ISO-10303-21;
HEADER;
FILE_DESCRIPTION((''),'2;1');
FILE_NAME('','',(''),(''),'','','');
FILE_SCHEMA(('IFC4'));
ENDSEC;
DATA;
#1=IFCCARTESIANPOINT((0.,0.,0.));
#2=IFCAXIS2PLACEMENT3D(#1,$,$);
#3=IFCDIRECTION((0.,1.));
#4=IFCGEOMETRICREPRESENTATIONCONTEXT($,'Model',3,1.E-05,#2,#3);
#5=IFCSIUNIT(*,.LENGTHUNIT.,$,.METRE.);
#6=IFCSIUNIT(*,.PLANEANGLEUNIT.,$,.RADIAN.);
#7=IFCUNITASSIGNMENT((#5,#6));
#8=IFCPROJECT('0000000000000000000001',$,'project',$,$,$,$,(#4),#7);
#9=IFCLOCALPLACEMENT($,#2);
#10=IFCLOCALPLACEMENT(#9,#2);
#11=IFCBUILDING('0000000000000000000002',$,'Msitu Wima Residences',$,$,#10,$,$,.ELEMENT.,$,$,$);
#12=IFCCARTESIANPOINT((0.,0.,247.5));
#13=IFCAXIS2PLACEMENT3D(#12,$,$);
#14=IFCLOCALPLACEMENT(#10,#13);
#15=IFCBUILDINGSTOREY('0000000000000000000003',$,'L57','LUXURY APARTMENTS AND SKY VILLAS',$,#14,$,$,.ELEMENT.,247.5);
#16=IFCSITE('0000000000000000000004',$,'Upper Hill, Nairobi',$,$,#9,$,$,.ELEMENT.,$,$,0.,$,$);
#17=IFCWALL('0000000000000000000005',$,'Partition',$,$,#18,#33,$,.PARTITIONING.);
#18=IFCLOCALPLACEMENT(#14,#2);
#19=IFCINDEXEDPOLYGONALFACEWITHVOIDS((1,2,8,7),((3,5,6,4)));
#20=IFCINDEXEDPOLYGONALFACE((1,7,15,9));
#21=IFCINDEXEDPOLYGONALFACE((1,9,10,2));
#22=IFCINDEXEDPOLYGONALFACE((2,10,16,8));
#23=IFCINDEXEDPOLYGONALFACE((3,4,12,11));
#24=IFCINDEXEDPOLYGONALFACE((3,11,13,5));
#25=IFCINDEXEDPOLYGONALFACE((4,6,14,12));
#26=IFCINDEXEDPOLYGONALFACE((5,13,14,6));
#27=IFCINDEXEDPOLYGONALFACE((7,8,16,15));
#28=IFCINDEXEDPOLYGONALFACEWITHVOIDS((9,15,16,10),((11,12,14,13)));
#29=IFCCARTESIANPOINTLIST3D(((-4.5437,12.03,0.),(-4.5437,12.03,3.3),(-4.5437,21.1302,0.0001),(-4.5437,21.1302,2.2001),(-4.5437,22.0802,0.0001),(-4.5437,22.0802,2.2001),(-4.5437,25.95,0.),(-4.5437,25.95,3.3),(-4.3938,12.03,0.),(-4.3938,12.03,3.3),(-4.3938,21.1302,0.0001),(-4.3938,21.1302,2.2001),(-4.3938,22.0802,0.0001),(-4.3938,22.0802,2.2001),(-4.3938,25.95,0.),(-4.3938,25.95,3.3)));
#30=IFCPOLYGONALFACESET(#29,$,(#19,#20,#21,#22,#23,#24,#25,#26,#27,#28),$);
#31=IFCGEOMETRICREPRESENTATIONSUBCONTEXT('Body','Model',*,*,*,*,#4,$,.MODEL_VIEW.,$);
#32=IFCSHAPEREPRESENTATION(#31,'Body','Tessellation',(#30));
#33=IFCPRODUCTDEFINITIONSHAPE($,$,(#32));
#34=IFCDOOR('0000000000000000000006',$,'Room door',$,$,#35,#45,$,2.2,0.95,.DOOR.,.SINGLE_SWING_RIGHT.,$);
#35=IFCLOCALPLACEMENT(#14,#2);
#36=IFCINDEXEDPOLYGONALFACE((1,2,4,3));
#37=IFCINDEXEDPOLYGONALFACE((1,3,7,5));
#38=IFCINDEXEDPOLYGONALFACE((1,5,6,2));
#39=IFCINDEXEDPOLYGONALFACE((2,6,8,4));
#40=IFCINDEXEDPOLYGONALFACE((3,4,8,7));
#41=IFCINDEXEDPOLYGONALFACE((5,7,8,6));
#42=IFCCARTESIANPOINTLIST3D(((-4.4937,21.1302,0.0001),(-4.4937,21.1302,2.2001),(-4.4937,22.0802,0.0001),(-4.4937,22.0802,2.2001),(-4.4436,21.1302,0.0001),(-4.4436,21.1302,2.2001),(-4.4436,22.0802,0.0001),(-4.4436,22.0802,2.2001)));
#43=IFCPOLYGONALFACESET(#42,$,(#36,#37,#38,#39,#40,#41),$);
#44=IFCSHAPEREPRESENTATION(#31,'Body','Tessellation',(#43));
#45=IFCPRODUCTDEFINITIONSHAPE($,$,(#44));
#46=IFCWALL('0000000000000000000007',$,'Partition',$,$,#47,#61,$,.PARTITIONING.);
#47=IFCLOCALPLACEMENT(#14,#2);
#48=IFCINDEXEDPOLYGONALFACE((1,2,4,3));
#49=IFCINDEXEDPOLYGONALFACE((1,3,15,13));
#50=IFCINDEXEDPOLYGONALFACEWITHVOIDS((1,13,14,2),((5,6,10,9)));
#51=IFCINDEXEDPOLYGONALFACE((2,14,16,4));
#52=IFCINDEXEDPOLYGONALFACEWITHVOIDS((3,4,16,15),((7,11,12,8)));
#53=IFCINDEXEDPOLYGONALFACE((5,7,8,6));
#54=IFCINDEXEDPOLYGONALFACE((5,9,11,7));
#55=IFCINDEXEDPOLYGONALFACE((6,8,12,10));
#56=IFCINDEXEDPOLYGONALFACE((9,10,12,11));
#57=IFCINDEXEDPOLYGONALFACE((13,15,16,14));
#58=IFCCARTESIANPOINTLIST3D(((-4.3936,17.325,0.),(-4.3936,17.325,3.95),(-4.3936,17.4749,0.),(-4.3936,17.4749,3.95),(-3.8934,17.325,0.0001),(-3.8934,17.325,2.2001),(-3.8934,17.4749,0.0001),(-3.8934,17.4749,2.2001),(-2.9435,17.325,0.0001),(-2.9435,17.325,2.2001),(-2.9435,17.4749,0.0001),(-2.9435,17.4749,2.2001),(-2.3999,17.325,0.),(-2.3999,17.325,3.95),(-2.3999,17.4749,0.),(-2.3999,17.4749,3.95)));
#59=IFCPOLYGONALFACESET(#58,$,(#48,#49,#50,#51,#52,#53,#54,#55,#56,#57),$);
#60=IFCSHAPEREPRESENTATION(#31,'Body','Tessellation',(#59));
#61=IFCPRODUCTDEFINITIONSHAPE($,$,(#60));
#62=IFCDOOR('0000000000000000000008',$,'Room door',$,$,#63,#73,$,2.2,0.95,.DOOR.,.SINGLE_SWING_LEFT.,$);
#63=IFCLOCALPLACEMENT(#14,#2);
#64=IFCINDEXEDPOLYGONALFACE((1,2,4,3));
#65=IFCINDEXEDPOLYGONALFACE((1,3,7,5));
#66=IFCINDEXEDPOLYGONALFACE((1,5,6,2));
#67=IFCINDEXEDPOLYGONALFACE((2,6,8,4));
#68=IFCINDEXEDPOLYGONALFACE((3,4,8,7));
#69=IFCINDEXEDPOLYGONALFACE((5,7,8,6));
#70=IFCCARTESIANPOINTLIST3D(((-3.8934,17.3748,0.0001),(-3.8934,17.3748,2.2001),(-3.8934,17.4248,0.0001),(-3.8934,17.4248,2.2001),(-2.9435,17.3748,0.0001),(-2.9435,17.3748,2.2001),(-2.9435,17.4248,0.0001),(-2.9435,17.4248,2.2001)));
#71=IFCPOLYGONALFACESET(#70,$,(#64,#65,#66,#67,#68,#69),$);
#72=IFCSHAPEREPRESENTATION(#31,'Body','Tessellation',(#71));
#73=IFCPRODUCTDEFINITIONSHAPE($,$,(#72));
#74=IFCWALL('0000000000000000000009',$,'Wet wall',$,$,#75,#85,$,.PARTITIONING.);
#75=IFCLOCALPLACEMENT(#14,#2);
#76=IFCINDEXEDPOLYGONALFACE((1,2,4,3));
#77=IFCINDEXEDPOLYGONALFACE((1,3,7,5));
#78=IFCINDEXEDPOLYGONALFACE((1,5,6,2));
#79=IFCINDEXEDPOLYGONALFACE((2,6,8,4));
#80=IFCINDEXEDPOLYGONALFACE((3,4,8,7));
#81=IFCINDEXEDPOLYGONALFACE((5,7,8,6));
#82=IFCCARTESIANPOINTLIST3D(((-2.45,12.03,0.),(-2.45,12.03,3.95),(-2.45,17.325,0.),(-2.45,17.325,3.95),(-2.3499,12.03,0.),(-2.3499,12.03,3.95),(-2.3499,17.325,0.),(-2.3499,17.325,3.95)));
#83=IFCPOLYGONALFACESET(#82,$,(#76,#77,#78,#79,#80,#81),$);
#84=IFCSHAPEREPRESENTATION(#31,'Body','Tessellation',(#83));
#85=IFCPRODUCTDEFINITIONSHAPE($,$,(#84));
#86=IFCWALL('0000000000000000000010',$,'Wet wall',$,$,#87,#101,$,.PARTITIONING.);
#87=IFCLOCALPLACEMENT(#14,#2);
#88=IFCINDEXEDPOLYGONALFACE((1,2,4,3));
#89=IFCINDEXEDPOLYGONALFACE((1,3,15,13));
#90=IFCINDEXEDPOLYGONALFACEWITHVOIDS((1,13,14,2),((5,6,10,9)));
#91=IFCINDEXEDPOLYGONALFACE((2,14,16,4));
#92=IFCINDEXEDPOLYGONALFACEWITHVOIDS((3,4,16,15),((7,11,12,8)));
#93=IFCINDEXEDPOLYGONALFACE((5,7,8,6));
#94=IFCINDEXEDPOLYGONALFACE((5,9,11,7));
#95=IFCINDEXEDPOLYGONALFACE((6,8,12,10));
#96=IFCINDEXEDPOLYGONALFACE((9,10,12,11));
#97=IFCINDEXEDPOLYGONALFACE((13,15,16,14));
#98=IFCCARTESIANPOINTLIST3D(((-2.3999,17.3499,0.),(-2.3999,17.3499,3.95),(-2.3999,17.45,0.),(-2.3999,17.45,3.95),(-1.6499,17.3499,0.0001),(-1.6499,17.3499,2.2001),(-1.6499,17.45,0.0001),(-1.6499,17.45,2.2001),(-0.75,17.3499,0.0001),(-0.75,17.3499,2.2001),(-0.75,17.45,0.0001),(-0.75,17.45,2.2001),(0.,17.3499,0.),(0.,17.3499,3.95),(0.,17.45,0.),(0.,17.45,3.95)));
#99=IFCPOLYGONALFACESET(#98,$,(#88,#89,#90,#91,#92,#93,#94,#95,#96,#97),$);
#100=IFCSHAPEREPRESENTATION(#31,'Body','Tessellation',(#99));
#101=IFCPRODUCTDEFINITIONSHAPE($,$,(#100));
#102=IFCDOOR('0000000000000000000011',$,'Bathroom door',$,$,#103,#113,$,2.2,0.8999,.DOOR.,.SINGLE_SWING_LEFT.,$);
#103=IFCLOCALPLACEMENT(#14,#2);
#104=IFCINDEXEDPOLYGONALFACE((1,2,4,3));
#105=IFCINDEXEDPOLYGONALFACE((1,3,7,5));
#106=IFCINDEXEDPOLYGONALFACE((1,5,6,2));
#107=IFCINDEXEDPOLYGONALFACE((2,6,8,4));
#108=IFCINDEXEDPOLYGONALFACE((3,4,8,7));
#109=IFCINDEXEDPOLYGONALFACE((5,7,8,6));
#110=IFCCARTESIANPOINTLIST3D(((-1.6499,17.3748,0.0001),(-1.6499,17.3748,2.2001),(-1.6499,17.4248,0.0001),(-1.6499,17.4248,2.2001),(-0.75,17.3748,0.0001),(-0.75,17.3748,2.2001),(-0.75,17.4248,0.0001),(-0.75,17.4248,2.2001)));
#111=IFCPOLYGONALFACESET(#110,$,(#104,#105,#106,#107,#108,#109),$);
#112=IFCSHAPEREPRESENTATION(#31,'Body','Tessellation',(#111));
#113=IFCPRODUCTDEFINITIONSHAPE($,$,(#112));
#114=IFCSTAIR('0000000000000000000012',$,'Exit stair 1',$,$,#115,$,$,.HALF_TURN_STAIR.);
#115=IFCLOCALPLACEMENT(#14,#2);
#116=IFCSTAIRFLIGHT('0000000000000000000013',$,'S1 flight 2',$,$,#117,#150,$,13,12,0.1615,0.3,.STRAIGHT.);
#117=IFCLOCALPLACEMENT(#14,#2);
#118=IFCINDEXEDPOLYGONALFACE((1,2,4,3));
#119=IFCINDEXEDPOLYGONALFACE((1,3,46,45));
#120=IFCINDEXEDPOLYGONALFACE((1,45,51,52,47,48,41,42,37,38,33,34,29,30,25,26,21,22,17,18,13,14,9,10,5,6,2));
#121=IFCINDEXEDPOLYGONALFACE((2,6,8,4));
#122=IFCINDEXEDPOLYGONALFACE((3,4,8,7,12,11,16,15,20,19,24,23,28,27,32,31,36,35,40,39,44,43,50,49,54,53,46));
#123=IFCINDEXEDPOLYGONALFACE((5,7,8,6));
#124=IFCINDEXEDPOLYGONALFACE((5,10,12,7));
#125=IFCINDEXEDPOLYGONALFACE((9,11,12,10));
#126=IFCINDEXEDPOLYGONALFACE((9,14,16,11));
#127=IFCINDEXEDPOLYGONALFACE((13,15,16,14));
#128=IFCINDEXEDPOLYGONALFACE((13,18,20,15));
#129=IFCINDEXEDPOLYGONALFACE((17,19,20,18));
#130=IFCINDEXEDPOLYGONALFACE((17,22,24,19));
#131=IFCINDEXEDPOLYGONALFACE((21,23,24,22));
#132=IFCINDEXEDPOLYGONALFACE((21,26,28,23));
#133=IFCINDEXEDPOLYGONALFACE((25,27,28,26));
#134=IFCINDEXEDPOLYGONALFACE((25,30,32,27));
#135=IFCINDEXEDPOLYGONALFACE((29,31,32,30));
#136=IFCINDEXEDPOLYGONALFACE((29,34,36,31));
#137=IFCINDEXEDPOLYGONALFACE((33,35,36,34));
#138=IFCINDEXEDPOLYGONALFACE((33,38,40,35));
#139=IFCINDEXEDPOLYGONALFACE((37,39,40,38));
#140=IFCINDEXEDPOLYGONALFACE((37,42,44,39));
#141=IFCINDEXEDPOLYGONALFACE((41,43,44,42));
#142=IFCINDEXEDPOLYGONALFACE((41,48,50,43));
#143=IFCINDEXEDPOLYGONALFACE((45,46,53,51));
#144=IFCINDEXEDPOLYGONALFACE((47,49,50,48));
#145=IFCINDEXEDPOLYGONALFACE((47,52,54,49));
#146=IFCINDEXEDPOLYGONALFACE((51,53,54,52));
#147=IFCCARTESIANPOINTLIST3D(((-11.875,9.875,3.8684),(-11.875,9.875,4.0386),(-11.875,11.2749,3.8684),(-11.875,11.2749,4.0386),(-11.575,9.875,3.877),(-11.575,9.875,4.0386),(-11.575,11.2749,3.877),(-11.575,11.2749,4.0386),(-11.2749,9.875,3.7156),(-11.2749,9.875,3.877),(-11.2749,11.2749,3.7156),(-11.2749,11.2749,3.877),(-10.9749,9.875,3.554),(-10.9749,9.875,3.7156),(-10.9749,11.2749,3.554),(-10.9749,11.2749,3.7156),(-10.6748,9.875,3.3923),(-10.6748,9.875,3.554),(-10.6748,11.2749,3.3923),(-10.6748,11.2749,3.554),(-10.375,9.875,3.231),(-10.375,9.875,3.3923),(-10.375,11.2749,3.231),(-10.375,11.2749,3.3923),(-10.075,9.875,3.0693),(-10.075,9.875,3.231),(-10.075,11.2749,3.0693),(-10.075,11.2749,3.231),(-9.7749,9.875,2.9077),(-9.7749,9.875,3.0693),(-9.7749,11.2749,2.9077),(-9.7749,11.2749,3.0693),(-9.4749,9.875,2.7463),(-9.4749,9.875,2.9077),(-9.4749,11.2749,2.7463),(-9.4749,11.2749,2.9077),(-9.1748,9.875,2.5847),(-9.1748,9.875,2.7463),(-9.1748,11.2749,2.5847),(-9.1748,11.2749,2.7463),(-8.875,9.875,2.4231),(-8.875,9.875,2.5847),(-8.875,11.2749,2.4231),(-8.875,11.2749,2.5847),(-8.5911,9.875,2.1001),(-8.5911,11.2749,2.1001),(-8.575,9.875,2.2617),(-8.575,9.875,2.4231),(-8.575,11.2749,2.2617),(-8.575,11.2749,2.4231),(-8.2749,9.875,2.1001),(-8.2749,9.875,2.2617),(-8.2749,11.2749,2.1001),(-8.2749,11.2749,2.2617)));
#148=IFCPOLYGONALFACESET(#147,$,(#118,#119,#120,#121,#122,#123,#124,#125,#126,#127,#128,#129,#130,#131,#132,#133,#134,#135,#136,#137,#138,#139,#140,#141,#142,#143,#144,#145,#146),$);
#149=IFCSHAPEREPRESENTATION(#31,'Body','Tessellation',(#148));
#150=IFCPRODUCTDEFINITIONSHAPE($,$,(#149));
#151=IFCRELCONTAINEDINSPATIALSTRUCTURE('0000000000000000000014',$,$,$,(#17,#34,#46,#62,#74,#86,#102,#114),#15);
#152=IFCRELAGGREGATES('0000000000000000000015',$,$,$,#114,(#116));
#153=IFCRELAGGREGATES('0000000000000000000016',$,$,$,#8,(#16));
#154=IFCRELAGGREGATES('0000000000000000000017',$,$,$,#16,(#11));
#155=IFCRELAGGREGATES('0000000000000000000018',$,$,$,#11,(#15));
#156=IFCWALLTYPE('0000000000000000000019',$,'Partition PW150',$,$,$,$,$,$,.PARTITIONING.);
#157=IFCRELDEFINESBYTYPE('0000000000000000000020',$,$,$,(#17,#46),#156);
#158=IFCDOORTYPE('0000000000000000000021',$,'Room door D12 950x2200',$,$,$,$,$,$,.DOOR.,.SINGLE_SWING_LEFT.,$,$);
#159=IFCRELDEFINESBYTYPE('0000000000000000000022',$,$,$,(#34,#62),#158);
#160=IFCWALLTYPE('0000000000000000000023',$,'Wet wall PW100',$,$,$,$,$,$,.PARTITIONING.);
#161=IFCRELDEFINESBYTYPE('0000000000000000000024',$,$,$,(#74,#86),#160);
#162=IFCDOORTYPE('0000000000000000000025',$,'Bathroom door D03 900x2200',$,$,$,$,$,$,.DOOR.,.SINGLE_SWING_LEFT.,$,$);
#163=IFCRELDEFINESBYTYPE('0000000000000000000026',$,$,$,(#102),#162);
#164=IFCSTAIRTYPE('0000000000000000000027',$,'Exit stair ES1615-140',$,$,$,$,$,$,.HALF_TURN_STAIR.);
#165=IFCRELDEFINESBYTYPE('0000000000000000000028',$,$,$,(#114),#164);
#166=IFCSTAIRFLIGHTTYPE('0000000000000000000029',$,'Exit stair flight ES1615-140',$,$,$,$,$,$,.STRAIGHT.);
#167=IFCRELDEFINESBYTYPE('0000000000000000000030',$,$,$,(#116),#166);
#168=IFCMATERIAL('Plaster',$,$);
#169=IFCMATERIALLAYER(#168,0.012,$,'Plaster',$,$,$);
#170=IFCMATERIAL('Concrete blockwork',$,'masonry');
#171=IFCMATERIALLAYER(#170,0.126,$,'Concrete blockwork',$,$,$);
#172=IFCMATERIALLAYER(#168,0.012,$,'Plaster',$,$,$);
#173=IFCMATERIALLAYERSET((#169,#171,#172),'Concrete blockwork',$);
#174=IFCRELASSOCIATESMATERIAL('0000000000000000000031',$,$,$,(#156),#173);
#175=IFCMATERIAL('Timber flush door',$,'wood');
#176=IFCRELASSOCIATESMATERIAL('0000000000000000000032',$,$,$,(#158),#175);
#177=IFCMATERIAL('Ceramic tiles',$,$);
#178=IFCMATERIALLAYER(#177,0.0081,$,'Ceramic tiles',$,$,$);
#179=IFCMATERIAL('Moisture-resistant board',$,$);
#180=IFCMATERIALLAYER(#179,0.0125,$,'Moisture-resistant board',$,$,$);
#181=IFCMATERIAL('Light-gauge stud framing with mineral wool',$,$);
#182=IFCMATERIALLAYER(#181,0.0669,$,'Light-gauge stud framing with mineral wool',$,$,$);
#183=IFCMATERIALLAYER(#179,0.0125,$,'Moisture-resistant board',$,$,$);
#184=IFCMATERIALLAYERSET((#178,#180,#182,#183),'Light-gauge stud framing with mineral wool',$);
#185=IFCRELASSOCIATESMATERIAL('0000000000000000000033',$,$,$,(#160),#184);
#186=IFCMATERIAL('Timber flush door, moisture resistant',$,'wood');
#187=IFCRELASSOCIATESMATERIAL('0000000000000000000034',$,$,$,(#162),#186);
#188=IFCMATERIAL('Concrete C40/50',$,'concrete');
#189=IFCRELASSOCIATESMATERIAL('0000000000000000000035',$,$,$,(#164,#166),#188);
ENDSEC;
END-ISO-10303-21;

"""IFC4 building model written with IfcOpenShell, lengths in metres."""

from ifc_helpers import new_model, si_unit, direction, frame, frame_2d, origin, place, context, subcontext, project, spatial, polyline, rectangle, outline, extrude, material, layer, layer_set, type_object, element, fill, aggregate, save


model = new_model("IFC4")

# Units and contexts
model_context = context("Model", 3, precision=1e-05, world=origin(), true_north=direction((0.0, 1.0)))
body_context = subcontext(model_context, "Body", "Model", "MODEL_VIEW")
ifc_project = project(units=[si_unit("LENGTHUNIT", "METRE"), si_unit("PLANEANGLEUNIT", "RADIAN")], contexts=[model_context])

# Site, building, storey
site_placement = place(None, origin())
site = spatial("IfcSite", under=ifc_project, at=site_placement, Name="Upper Hill, Nairobi", CompositionType="ELEMENT", RefElevation=0.0)
building_placement = place(site_placement, origin())
building = spatial("IfcBuilding", under=site, at=building_placement, Name="Msitu Wima Residences", CompositionType="ELEMENT")
storey_placement = place(building_placement, frame((0.0, 0.0, 247.5)))
storey = spatial("IfcBuildingStorey", under=building, at=storey_placement, Name="L57", Description="LUXURY APARTMENTS AND SKY VILLAS", CompositionType="ELEMENT", Elevation=247.5)

# Shared definitions
ifc_material_1 = material(Name="Concrete C40/50", Category="concrete")

# Walls, openings, doors
ifc_material_2 = material(Name="Plaster")
ifc_layer_1 = layer(ifc_material_2, 0.012, Name="Plaster")
ifc_material_3 = material(Name="Concrete blockwork", Category="masonry")
ifc_layer_2 = layer(ifc_material_3, 0.126, Name="Concrete blockwork")
ifc_layer_3 = layer(ifc_material_2, 0.012, Name="Plaster")
ifc_layer_set_1 = layer_set([ifc_layer_1, ifc_layer_2, ifc_layer_3], Name="Concrete blockwork")
wall_type_1 = type_object("IfcWallType", Name="Partition PW150", PredefinedType="PARTITIONING", material=ifc_layer_set_1)
ifc_material_4 = material(Name="Timber flush door", Category="wood")
door_type_1 = type_object("IfcDoorType", Name="Room door D12 950x2200", OperationType="SINGLE_SWING_LEFT", PredefinedType="DOOR", material=ifc_material_4)
wall_1_placement = place(storey_placement, frame((-4.4688, 12.03, 0.0), z_axis=(0.0, 0.0, 1.0), x_axis=(0.0, 1.0, 0.0)))
wall_1 = element("IfcWall", 1, at=wall_1_placement, inside=storey, type_object=wall_type_1, Name="Partition", PredefinedType="PARTITIONING", context=body_context, shape_type="SweptSolid", body=[
    extrude(rectangle(XDim=13.9199, YDim=0.1499, at=frame_2d((6.96, 0.0))), origin(), (0.0, 0.0, 1.0), 3.3),
])
opening_1_placement = place(wall_1_placement, frame((9.1001, 0.0, 0.0)))
opening_1 = element("IfcOpeningElement", 2, at=opening_1_placement, cuts=wall_1, PredefinedType="OPENING", context=body_context, shape_type="SweptSolid", body=[
    extrude(rectangle(XDim=0.95, YDim=2.2, at=frame_2d((0.4751, 1.1001))), frame((0.0, 0.085, 0.0), z_axis=(0.0, -1.0, 0.0), x_axis=(1.0, 0.0, 0.0)), (0.0, 0.0, 1.0), 0.1699),
])
door_1_placement = place(opening_1_placement, origin())
door_1 = element("IfcDoor", 3, at=door_1_placement, inside=storey, type_object=door_type_1, Name="Room door", OperationType="SINGLE_SWING_RIGHT", OverallHeight=2.2, OverallWidth=0.95, PredefinedType="DOOR", context=body_context, shape_type="SweptSolid", body=[
    extrude(rectangle(XDim=0.95, YDim=2.2, at=frame_2d((0.4751, 1.1001))), frame((0.0, 0.0249, 0.0), z_axis=(0.0, -1.0, 0.0), x_axis=(1.0, 0.0, 0.0)), (0.0, 0.0, 1.0), 0.05),
])
fill(opening_1, door_1)
wall_2_placement = place(storey_placement, frame((-4.3936, 17.3999, 0.0), z_axis=(0.0, 0.0, 1.0), x_axis=(1.0, 0.0, 0.0)))
wall_2 = element("IfcWall", 4, at=wall_2_placement, inside=storey, type_object=wall_type_1, Name="Partition", PredefinedType="PARTITIONING", context=body_context, shape_type="SweptSolid", body=[
    extrude(rectangle(XDim=1.9937, YDim=0.1499, at=frame_2d((0.9968, 0.0))), origin(), (0.0, 0.0, 1.0), 3.95),
])
opening_2_placement = place(wall_2_placement, frame((0.5, 0.0, 0.0)))
opening_2 = element("IfcOpeningElement", 5, at=opening_2_placement, cuts=wall_2, PredefinedType="OPENING", context=body_context, shape_type="SweptSolid", body=[
    extrude(rectangle(XDim=0.95, YDim=2.2, at=frame_2d((0.4751, 1.1001))), frame((0.0, 0.085, 0.0), z_axis=(0.0, -1.0, 0.0), x_axis=(1.0, 0.0, 0.0)), (0.0, 0.0, 1.0), 0.1699),
])
door_2_placement = place(opening_2_placement, origin())
door_2 = element("IfcDoor", 6, at=door_2_placement, inside=storey, type_object=door_type_1, Name="Room door", OperationType="SINGLE_SWING_LEFT", OverallHeight=2.2, OverallWidth=0.95, PredefinedType="DOOR", context=body_context, shape_type="SweptSolid", body=[
    extrude(rectangle(XDim=0.95, YDim=2.2, at=frame_2d((0.4751, 1.1001))), frame((0.0, 0.0249, 0.0), z_axis=(0.0, -1.0, 0.0), x_axis=(1.0, 0.0, 0.0)), (0.0, 0.0, 1.0), 0.05),
])
fill(opening_2, door_2)

# Wall
ifc_material_5 = material(Name="Ceramic tiles")
ifc_layer_4 = layer(ifc_material_5, 0.0081, Name="Ceramic tiles")
ifc_material_6 = material(Name="Moisture-resistant board")
ifc_layer_5 = layer(ifc_material_6, 0.0125, Name="Moisture-resistant board")
ifc_material_7 = material(Name="Light-gauge stud framing with mineral wool")
ifc_layer_6 = layer(ifc_material_7, 0.0669, Name="Light-gauge stud framing with mineral wool")
ifc_layer_7 = layer(ifc_material_6, 0.0125, Name="Moisture-resistant board")
ifc_layer_set_2 = layer_set([ifc_layer_4, ifc_layer_5, ifc_layer_6, ifc_layer_7], Name="Light-gauge stud framing with mineral wool")
wall_type_2 = type_object("IfcWallType", Name="Wet wall PW100", PredefinedType="PARTITIONING", material=ifc_layer_set_2)
wall_3_placement = place(storey_placement, frame((-2.3999, 12.03, 0.0), z_axis=(0.0, 0.0, 1.0), x_axis=(0.0, 1.0, 0.0)))
element("IfcWall", 7, at=wall_3_placement, inside=storey, type_object=wall_type_2, Name="Wet wall", PredefinedType="PARTITIONING", context=body_context, shape_type="SweptSolid", body=[
    extrude(rectangle(XDim=5.2949, YDim=0.1001, at=frame_2d((2.6475, 0.0))), origin(), (0.0, 0.0, 1.0), 3.95),
])

# Wall, opening, door
wall_4_placement = place(storey_placement, frame((-2.3999, 17.3999, 0.0), z_axis=(0.0, 0.0, 1.0), x_axis=(1.0, 0.0, 0.0)))
wall_4 = element("IfcWall", 8, at=wall_4_placement, inside=storey, type_object=wall_type_2, Name="Wet wall", PredefinedType="PARTITIONING", context=body_context, shape_type="SweptSolid", body=[
    extrude(rectangle(XDim=2.3999, YDim=0.1001, at=frame_2d((1.2, 0.0))), origin(), (0.0, 0.0, 1.0), 3.95),
])
opening_3_placement = place(wall_4_placement, frame((0.75, 0.0, 0.0)))
opening_3 = element("IfcOpeningElement", 9, at=opening_3_placement, cuts=wall_4, PredefinedType="OPENING", context=body_context, shape_type="SweptSolid", body=[
    extrude(rectangle(XDim=0.8999, YDim=2.2, at=frame_2d((0.45, 1.1001))), frame((0.0, 0.0601, 0.0), z_axis=(0.0, -1.0, 0.0), x_axis=(1.0, 0.0, 0.0)), (0.0, 0.0, 1.0), 0.1201),
])
ifc_material_8 = material(Name="Timber flush door, moisture resistant", Category="wood")
door_type_2 = type_object("IfcDoorType", Name="Bathroom door D03 900x2200", OperationType="SINGLE_SWING_LEFT", PredefinedType="DOOR", material=ifc_material_8)
door_3_placement = place(opening_3_placement, origin())
door_3 = element("IfcDoor", 10, at=door_3_placement, inside=storey, type_object=door_type_2, Name="Bathroom door", OperationType="SINGLE_SWING_LEFT", OverallHeight=2.2, OverallWidth=0.8999, PredefinedType="DOOR", context=body_context, shape_type="SweptSolid", body=[
    extrude(rectangle(XDim=0.8999, YDim=2.2, at=frame_2d((0.45, 1.1001))), frame((0.0, 0.0249, 0.0), z_axis=(0.0, -1.0, 0.0), x_axis=(1.0, 0.0, 0.0)), (0.0, 0.0, 1.0), 0.05),
])
fill(opening_3, door_3)

# Stair, stair flight
stair_type = type_object("IfcStairType", Name="Exit stair ES1615-140", PredefinedType="HALF_TURN_STAIR", material=ifc_material_1)
stair_placement = place(storey_placement, origin())
stair = element("IfcStair", 11, at=stair_placement, inside=storey, type_object=stair_type, Name="Exit stair 1", PredefinedType="HALF_TURN_STAIR")
stair_flight_type = type_object("IfcStairFlightType", Name="Exit stair flight ES1615-140", PredefinedType="STRAIGHT", material=ifc_material_1)
stair_flight_placement = place(storey_placement, frame((-8.2749, 10.575, 2.1001), z_axis=(0.0, 0.0, 1.0), x_axis=(-1.0, 0.0, 0.0)))
stair_flight = element("IfcStairFlight", 12, at=stair_flight_placement, type_object=stair_flight_type, Name="S1 flight 2", NumberOfRisers=13, NumberOfTreads=12, PredefinedType="STRAIGHT", RiserHeight=0.1615, TreadLength=0.3, context=body_context, shape_type="SweptSolid", body=[
    extrude(outline(polyline([(0.0, 0.0), (0.0, 0.1616), (0.3, 0.1616), (0.3, 0.323), (0.6001, 0.323), (0.6001, 0.4846), (0.8999, 0.4846), (0.8999, 0.6462), (1.2, 0.6462), (1.2, 0.8076), (1.5, 0.8076), (1.5, 0.9692), (1.8, 0.9692), (1.8, 1.1309), (2.1001, 1.1309), (2.1001, 1.2922), (2.3999, 1.2922), (2.3999, 1.4539), (2.7, 1.4539), (2.7, 1.6155), (3.0, 1.6155), (3.0, 1.7769), (3.3, 1.7769), (3.3, 1.9385), (3.6001, 1.9385), (3.6001, 2.1001), (3.6001, 1.7683), (0.3162, 0.0), (0.0, 0.0)])), frame((0.0, 0.7, 0.0), z_axis=(0.0, -1.0, 0.0), x_axis=(1.0, 0.0, 0.0)), (0.0, 0.0, 1.0), 1.3999),
])
aggregate(stair, [stair_flight])

save(model, "model.ifc")
